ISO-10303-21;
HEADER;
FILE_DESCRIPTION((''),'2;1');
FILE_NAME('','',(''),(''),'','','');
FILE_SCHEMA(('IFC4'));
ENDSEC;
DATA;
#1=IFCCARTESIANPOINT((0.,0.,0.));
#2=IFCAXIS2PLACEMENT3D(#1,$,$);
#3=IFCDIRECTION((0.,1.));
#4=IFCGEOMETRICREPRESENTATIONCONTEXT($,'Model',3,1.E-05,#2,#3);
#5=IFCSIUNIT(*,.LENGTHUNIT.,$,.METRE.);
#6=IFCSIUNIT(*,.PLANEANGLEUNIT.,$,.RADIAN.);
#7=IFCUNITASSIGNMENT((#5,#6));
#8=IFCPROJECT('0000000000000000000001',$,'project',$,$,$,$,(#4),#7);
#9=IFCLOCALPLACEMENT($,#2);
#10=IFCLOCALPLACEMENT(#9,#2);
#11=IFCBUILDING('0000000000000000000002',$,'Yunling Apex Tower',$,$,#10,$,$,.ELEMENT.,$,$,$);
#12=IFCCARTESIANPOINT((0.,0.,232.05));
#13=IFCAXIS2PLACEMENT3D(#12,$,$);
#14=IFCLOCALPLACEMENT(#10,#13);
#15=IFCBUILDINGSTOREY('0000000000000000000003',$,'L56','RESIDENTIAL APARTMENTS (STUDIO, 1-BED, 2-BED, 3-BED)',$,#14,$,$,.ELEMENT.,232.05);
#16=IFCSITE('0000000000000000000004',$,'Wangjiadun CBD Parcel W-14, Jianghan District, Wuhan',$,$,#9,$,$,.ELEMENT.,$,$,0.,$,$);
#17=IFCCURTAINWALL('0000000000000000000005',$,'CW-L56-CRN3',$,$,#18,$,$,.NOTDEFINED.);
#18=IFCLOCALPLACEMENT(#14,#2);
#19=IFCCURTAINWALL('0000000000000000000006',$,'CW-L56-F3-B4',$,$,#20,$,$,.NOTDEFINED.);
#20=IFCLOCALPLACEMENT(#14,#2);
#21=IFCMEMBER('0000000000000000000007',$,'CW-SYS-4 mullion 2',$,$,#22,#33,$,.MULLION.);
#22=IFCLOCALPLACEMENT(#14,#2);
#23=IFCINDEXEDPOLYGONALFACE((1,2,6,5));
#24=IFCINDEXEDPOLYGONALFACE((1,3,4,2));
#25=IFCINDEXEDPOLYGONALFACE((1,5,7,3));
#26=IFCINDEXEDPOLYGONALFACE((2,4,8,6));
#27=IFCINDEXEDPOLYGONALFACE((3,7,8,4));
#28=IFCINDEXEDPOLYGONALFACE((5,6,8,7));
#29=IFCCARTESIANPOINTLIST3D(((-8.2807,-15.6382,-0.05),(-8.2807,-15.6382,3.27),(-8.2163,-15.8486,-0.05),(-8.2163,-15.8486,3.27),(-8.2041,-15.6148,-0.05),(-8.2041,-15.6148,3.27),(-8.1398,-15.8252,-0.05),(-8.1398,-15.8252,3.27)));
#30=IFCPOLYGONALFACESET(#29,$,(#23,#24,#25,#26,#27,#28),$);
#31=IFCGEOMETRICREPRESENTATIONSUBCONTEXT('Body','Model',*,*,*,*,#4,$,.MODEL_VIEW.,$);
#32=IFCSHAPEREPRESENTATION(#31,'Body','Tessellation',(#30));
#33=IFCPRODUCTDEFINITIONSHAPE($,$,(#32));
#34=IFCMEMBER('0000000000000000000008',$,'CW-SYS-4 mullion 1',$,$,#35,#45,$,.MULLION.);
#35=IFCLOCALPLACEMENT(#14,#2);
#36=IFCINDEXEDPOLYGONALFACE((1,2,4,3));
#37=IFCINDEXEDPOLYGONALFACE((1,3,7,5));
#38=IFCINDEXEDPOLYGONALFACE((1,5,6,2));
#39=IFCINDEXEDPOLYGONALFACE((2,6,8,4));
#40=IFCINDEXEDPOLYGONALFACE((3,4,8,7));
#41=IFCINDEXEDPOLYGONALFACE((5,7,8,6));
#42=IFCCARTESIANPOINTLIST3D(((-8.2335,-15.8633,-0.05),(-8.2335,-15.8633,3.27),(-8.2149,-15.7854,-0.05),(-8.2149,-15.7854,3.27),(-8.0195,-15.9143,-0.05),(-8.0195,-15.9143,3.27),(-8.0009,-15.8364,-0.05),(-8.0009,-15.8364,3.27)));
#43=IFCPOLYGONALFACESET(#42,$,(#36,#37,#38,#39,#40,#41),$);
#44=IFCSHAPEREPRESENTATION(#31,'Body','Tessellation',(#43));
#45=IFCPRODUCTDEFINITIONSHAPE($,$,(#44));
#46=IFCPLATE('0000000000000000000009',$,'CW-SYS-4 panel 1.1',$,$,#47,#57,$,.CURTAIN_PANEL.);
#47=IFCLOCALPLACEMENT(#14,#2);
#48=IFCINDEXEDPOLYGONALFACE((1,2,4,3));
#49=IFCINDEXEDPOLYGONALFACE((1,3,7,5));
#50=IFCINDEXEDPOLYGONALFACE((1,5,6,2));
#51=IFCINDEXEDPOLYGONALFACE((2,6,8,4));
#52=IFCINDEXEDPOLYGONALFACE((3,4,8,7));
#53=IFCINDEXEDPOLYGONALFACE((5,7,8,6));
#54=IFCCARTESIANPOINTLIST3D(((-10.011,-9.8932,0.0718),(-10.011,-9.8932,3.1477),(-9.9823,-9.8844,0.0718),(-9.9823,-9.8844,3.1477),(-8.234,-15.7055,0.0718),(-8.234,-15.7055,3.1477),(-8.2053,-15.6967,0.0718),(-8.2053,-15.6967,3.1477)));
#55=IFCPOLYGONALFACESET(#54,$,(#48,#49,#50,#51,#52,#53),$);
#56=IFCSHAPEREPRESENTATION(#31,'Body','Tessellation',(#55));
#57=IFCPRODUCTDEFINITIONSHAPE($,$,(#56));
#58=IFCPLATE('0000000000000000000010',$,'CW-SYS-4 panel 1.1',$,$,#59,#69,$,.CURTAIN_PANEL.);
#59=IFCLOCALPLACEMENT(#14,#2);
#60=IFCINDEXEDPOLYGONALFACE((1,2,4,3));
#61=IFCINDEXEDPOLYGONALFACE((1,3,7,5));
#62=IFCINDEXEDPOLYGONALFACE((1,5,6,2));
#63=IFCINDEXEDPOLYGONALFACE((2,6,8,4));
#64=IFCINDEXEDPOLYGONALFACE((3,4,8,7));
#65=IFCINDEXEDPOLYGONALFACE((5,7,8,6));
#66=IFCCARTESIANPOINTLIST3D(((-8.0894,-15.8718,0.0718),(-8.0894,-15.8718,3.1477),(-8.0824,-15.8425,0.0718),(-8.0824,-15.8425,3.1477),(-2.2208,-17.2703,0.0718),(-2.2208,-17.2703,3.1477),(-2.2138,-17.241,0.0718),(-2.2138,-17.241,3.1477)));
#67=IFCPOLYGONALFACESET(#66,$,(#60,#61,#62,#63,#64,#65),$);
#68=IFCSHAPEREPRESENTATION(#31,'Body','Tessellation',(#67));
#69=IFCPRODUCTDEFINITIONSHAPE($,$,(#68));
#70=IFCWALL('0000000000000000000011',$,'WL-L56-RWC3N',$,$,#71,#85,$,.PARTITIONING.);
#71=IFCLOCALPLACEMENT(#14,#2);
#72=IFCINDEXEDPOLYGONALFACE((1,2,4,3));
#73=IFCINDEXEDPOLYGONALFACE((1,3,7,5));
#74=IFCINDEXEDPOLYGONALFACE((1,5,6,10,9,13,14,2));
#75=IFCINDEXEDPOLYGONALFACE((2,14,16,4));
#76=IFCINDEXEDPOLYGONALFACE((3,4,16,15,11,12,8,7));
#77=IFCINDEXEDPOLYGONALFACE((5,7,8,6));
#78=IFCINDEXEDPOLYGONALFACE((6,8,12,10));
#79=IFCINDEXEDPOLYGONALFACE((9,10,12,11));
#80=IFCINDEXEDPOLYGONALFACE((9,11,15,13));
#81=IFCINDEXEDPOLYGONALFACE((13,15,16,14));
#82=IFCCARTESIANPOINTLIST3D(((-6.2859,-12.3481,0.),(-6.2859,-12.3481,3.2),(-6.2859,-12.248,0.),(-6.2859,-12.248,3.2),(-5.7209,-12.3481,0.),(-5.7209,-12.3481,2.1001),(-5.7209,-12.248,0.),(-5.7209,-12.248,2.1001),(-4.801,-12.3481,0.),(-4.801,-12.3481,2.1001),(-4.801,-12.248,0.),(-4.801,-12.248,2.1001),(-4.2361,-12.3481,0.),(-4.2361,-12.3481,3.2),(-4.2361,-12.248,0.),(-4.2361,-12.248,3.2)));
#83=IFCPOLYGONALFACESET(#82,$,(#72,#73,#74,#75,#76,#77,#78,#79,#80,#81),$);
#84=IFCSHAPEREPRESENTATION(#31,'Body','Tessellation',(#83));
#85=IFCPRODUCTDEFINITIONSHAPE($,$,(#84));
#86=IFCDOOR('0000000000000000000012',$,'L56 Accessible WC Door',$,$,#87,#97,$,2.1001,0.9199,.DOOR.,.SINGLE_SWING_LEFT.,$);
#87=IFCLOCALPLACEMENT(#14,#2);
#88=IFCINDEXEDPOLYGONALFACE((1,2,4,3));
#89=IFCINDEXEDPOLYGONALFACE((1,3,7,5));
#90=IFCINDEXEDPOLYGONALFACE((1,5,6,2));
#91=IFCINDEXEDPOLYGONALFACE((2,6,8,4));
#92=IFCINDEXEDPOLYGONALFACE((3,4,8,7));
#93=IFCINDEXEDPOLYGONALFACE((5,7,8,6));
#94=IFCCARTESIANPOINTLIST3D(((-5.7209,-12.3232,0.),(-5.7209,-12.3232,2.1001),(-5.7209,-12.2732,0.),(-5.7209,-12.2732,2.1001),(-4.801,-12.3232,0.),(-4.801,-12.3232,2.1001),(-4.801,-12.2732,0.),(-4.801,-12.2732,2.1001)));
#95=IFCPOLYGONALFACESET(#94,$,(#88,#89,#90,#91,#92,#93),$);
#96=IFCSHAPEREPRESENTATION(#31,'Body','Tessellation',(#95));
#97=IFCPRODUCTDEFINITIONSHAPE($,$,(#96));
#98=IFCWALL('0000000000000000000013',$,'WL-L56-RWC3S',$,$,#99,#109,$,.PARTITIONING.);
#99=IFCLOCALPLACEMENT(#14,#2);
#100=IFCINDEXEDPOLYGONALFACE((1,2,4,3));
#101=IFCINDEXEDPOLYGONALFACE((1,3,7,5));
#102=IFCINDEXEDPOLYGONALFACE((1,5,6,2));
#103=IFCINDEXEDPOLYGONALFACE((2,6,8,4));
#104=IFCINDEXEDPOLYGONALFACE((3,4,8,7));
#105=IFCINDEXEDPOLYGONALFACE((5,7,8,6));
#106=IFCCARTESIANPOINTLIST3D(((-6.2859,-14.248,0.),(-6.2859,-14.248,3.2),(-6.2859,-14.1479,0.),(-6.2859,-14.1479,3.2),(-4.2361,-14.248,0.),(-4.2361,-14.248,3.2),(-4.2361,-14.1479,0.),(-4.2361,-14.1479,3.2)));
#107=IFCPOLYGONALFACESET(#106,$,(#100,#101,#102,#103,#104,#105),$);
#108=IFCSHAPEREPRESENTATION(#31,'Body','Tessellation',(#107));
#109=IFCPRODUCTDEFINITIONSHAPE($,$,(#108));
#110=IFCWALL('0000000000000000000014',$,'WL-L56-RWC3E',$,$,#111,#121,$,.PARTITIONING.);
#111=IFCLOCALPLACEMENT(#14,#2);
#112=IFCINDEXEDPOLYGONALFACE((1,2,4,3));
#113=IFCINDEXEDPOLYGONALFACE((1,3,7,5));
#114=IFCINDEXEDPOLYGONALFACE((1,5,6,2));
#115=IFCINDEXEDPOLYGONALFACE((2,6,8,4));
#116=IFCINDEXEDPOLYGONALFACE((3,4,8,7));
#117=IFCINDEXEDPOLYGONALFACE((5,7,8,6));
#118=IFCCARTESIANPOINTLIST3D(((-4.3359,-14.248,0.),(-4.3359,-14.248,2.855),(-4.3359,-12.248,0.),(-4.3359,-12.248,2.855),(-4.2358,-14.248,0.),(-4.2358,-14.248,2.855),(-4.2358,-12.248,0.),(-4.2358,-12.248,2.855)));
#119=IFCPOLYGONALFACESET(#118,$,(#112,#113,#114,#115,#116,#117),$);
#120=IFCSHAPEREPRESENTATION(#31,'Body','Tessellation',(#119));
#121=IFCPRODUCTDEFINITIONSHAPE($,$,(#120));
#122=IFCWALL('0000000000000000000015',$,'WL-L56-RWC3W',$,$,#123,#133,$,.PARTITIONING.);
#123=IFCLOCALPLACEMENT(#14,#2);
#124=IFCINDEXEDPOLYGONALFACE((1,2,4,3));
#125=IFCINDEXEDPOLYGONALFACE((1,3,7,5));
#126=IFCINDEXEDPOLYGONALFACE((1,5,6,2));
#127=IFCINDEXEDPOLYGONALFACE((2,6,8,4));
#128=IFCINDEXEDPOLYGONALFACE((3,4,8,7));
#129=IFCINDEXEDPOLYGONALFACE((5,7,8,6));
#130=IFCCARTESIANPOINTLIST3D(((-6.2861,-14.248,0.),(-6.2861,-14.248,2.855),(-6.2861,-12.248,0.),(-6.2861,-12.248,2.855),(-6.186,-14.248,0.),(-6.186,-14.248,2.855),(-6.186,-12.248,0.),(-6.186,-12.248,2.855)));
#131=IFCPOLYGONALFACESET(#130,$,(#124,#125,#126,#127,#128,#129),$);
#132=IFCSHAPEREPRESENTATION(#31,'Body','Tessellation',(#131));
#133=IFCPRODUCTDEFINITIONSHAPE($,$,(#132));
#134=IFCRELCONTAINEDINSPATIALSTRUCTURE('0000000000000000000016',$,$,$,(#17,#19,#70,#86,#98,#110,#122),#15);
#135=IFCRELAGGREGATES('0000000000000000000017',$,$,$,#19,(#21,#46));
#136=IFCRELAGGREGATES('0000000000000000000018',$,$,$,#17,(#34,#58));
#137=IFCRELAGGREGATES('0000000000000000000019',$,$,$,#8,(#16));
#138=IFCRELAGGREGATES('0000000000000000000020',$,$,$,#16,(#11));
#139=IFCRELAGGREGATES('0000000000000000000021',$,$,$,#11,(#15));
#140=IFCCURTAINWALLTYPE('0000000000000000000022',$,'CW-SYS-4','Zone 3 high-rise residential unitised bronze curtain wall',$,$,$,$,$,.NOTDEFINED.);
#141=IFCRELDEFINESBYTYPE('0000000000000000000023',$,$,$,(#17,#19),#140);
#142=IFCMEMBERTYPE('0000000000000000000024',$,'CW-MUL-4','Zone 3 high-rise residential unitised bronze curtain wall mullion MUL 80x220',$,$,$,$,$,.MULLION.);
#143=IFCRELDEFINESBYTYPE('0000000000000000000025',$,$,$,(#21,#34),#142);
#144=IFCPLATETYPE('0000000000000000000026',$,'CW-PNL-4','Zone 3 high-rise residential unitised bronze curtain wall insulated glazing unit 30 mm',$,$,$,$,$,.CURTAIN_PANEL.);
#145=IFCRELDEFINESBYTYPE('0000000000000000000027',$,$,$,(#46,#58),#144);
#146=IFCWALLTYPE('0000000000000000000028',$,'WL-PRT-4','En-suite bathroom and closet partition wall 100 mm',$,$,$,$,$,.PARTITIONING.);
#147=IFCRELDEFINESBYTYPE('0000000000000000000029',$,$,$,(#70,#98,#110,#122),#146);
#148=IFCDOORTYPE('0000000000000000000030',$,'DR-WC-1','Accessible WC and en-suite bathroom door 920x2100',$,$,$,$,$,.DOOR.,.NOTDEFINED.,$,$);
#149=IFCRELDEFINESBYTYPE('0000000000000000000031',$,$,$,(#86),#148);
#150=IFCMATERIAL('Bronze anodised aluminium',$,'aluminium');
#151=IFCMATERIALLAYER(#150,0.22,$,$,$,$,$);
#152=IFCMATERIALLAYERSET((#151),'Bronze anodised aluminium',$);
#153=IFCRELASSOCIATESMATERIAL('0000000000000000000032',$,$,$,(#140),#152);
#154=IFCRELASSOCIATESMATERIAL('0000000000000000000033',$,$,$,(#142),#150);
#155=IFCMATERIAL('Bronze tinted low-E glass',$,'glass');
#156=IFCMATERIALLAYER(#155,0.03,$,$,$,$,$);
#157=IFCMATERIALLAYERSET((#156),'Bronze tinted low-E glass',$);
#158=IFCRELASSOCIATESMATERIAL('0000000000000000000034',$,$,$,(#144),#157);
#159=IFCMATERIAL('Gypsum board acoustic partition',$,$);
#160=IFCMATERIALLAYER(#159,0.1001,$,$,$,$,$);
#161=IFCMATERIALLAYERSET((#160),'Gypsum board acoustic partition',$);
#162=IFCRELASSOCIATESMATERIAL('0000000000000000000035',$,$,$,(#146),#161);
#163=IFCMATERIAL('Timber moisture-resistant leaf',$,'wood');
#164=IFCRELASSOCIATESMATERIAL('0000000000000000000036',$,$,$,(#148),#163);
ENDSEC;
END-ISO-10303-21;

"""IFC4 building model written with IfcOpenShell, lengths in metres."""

from ifc_helpers import new_model, si_unit, direction, frame, frame_2d, origin, origin_2d, place, context, subcontext, project, spatial, rectangle, extrude, source, transform, mapped, material, layer, layer_set, material_profile, profile_set, type_object, element, fill, aggregate, save


model = new_model("IFC4")

# Units and contexts
model_context = context("Model", 3, precision=1e-05, world=origin(), true_north=direction((0.0, 1.0)))
body_context = subcontext(model_context, "Body", "Model", "MODEL_VIEW")
ifc_project = project(units=[si_unit("LENGTHUNIT", "METRE"), si_unit("PLANEANGLEUNIT", "RADIAN")], contexts=[model_context])

# Site, building, storey
site_placement = place(None, origin())
site = spatial("IfcSite", under=ifc_project, at=site_placement, Name="Wangjiadun CBD Parcel W-14, Jianghan District, Wuhan", CompositionType="ELEMENT", RefElevation=0.0)
building_placement = place(site_placement, origin())
building = spatial("IfcBuilding", under=site, at=building_placement, Name="Yunling Apex Tower", CompositionType="ELEMENT")
storey_placement = place(building_placement, frame((0.0, 0.0, 232.05)))
storey = spatial("IfcBuildingStorey", under=building, at=storey_placement, Name="L56", Description="RESIDENTIAL APARTMENTS (STUDIO, 1-BED, 2-BED, 3-BED)", CompositionType="ELEMENT", Elevation=232.05)

# Curtain wall
ifc_material_1 = material(Name="Bronze anodised aluminium", Category="aluminium")
ifc_layer_1 = layer(ifc_material_1, 0.22)
ifc_layer_set_1 = layer_set([ifc_layer_1], Name="Bronze anodised aluminium")
curtain_wall_type = type_object("IfcCurtainWallType", Name="CW-SYS-4", Description="Zone 3 high-rise residential unitised bronze curtain wall", PredefinedType="NOTDEFINED", material=ifc_layer_set_1)
curtain_wall_1_placement = place(storey_placement, origin())
curtain_wall_1 = element("IfcCurtainWall", 1, at=curtain_wall_1_placement, inside=storey, type_object=curtain_wall_type, Name="CW-L56-CRN3", PredefinedType="NOTDEFINED")

# Curtain wall, member
curtain_wall_2_placement = place(storey_placement, origin())
curtain_wall_2 = element("IfcCurtainWall", 2, at=curtain_wall_2_placement, inside=storey, type_object=curtain_wall_type, Name="CW-L56-F3-B4", PredefinedType="NOTDEFINED")
ifc_material_profile_1 = material_profile(ifc_material_1, rectangle(XDim=0.0801, YDim=0.22, at=origin_2d()))
ifc_profile_set_1 = profile_set([ifc_material_profile_1], Name="Bronze anodised aluminium")
member_type_1 = type_object("IfcMemberType", Name="CW-MUL-4", Description="Zone 3 high-rise residential unitised bronze curtain wall mullion MUL 80x220", PredefinedType="MULLION", material=ifc_profile_set_1)
shared_shape_1 = source(origin(), body_context, "Body", "SweptSolid", [
    extrude(rectangle(XDim=0.0801, YDim=0.22, at=origin_2d()), origin(), (0.0, 0.0, 1.0), 3.3201),
])
member_1_placement = place(storey_placement, frame((-8.2102, -15.7317, -0.05), z_axis=(0.0, 0.0, 1.0), x_axis=(0.956305, 0.292372, 0.0)))
member_1 = element("IfcMember", 3, at=member_1_placement, type_object=member_type_1, Name="CW-SYS-4 mullion 2", PredefinedType="MULLION", context=body_context, shape_type="MappedRepresentation", body=[
    mapped(shared_shape_1, transform((0.0, 0.0, 0.0), scale=1.0)),
])

# Member
member_2_placement = place(storey_placement, frame((-8.1172, -15.8499, -0.05), z_axis=(0.0, 0.0, 1.0), x_axis=(0.231809, 0.972761, 0.0)))
member_2 = element("IfcMember", 4, at=member_2_placement, type_object=member_type_1, Name="CW-SYS-4 mullion 1", PredefinedType="MULLION", context=body_context, shape_type="MappedRepresentation", body=[
    mapped(shared_shape_1, transform((0.0, 0.0, 0.0), scale=1.0)),
])

# Plates
ifc_material_2 = material(Name="Bronze tinted low-E glass", Category="glass")
ifc_layer_2 = layer(ifc_material_2, 0.03)
ifc_layer_set_2 = layer_set([ifc_layer_2], Name="Bronze tinted low-E glass")
plate_type = type_object("IfcPlateType", Name="CW-PNL-4", Description="Zone 3 high-rise residential unitised bronze curtain wall insulated glazing unit 30 mm", PredefinedType="CURTAIN_PANEL", material=ifc_layer_set_2)
shared_shape_2 = source(origin(), body_context, "Body", "SweptSolid", [
    extrude(rectangle(XDim=6.0779, YDim=0.03, at=origin_2d()), origin(), (0.0, 0.0, 1.0), 3.0759),
])
plate_1_placement = place(storey_placement, frame((-9.1082, -12.7949, 0.0718), z_axis=(0.0, 0.0, 1.0), x_axis=(0.292372, -0.956305, 0.0)))
plate_1 = element("IfcPlate", 5, at=plate_1_placement, type_object=plate_type, Name="CW-SYS-4 panel 1.1", PredefinedType="CURTAIN_PANEL", context=body_context, shape_type="MappedRepresentation", body=[
    mapped(shared_shape_2, transform((0.0, 0.0, 0.0), scale=1.0)),
])
aggregate(curtain_wall_2, [member_1, plate_1])
shared_shape_3 = source(origin(), body_context, "Body", "SweptSolid", [
    extrude(rectangle(XDim=6.033, YDim=0.03, at=origin_2d()), origin(), (0.0, 0.0, 1.0), 3.0759),
])
plate_2_placement = place(storey_placement, frame((-5.1516, -16.5564, 0.0718), z_axis=(0.0, 0.0, 1.0), x_axis=(0.972761, -0.231809, 0.0)))
plate_2 = element("IfcPlate", 6, at=plate_2_placement, type_object=plate_type, Name="CW-SYS-4 panel 1.1", PredefinedType="CURTAIN_PANEL", context=body_context, shape_type="MappedRepresentation", body=[
    mapped(shared_shape_3, transform((0.0, 0.0, 0.0), scale=1.0)),
])
aggregate(curtain_wall_1, [member_2, plate_2])

# Wall, opening, door
ifc_material_3 = material(Name="Gypsum board acoustic partition")
ifc_layer_3 = layer(ifc_material_3, 0.1001)
ifc_layer_set_3 = layer_set([ifc_layer_3], Name="Gypsum board acoustic partition")
wall_type = type_object("IfcWallType", Name="WL-PRT-4", Description="En-suite bathroom and closet partition wall 100 mm", PredefinedType="PARTITIONING", material=ifc_layer_set_3)
wall_1_placement = place(storey_placement, frame((-6.2859, -12.2981, 0.0), z_axis=(0.0, 0.0, 1.0), x_axis=(1.0, 0.0, 0.0)))
wall_1 = element("IfcWall", 7, at=wall_1_placement, inside=storey, type_object=wall_type, Name="WL-L56-RWC3N", PredefinedType="PARTITIONING", context=body_context, shape_type="SweptSolid", body=[
    extrude(rectangle(XDim=2.0498, YDim=0.1001, at=frame_2d((1.0249, 0.0))), origin(), (0.0, 0.0, 1.0), 3.2),
])
opening_placement = place(wall_1_placement, frame((0.5649, 0.0, 0.0)))
opening = element("IfcOpeningElement", 8, at=opening_placement, cuts=wall_1, PredefinedType="OPENING", context=body_context, shape_type="SweptSolid", body=[
    extrude(rectangle(XDim=0.9199, YDim=2.1001, at=frame_2d((0.46, 1.05))), frame((0.0, 0.0601, 0.0), z_axis=(0.0, -1.0, 0.0), x_axis=(1.0, 0.0, 0.0)), (0.0, 0.0, 1.0), 0.1201),
])
ifc_material_4 = material(Name="Timber moisture-resistant leaf", Category="wood")
door_type = type_object("IfcDoorType", Name="DR-WC-1", Description="Accessible WC and en-suite bathroom door 920x2100", OperationType="NOTDEFINED", PredefinedType="DOOR", material=ifc_material_4)
door_placement = place(opening_placement, origin())
door = element("IfcDoor", 9, at=door_placement, inside=storey, type_object=door_type, Name="L56 Accessible WC Door", OperationType="SINGLE_SWING_LEFT", OverallHeight=2.1001, OverallWidth=0.9199, PredefinedType="DOOR", context=body_context, shape_type="SweptSolid", body=[
    extrude(rectangle(XDim=0.9199, YDim=2.1001, at=frame_2d((0.46, 1.05))), frame((0.0, 0.0249, 0.0), z_axis=(0.0, -1.0, 0.0), x_axis=(1.0, 0.0, 0.0)), (0.0, 0.0, 1.0), 0.05),
])
fill(opening, door)

# Walls
wall_2_placement = place(storey_placement, frame((-4.2361, -14.198, 0.0), z_axis=(0.0, 0.0, 1.0), x_axis=(-1.0, 0.0, 0.0)))
element("IfcWall", 10, at=wall_2_placement, inside=storey, type_object=wall_type, Name="WL-L56-RWC3S", PredefinedType="PARTITIONING", context=body_context, shape_type="SweptSolid", body=[
    extrude(rectangle(XDim=2.0498, YDim=0.1001, at=frame_2d((1.0249, 0.0))), origin(), (0.0, 0.0, 1.0), 3.2),
])
for number, where, z_axis, x_axis, name in (
    (11, (-4.2859, -12.248, 0.0), (0.0, 0.0, 1.0), (0.0, -1.0, 0.0), "WL-L56-RWC3E"),
    (12, (-6.2361, -14.248, 0.0), (0.0, 0.0, 1.0), (0.0, 1.0, 0.0), "WL-L56-RWC3W"),
):
    element("IfcWall", number, at=place(storey_placement, frame(where, z_axis=z_axis, x_axis=x_axis)), inside=storey, type_object=wall_type, Name=name, PredefinedType="PARTITIONING", context=body_context, shape_type="SweptSolid", body=[
        extrude(rectangle(XDim=2.0, YDim=0.1001, at=frame_2d((1.0, 0.0))), origin(), (0.0, 0.0, 1.0), 2.855),
    ])

save(model, "model.ifc")
